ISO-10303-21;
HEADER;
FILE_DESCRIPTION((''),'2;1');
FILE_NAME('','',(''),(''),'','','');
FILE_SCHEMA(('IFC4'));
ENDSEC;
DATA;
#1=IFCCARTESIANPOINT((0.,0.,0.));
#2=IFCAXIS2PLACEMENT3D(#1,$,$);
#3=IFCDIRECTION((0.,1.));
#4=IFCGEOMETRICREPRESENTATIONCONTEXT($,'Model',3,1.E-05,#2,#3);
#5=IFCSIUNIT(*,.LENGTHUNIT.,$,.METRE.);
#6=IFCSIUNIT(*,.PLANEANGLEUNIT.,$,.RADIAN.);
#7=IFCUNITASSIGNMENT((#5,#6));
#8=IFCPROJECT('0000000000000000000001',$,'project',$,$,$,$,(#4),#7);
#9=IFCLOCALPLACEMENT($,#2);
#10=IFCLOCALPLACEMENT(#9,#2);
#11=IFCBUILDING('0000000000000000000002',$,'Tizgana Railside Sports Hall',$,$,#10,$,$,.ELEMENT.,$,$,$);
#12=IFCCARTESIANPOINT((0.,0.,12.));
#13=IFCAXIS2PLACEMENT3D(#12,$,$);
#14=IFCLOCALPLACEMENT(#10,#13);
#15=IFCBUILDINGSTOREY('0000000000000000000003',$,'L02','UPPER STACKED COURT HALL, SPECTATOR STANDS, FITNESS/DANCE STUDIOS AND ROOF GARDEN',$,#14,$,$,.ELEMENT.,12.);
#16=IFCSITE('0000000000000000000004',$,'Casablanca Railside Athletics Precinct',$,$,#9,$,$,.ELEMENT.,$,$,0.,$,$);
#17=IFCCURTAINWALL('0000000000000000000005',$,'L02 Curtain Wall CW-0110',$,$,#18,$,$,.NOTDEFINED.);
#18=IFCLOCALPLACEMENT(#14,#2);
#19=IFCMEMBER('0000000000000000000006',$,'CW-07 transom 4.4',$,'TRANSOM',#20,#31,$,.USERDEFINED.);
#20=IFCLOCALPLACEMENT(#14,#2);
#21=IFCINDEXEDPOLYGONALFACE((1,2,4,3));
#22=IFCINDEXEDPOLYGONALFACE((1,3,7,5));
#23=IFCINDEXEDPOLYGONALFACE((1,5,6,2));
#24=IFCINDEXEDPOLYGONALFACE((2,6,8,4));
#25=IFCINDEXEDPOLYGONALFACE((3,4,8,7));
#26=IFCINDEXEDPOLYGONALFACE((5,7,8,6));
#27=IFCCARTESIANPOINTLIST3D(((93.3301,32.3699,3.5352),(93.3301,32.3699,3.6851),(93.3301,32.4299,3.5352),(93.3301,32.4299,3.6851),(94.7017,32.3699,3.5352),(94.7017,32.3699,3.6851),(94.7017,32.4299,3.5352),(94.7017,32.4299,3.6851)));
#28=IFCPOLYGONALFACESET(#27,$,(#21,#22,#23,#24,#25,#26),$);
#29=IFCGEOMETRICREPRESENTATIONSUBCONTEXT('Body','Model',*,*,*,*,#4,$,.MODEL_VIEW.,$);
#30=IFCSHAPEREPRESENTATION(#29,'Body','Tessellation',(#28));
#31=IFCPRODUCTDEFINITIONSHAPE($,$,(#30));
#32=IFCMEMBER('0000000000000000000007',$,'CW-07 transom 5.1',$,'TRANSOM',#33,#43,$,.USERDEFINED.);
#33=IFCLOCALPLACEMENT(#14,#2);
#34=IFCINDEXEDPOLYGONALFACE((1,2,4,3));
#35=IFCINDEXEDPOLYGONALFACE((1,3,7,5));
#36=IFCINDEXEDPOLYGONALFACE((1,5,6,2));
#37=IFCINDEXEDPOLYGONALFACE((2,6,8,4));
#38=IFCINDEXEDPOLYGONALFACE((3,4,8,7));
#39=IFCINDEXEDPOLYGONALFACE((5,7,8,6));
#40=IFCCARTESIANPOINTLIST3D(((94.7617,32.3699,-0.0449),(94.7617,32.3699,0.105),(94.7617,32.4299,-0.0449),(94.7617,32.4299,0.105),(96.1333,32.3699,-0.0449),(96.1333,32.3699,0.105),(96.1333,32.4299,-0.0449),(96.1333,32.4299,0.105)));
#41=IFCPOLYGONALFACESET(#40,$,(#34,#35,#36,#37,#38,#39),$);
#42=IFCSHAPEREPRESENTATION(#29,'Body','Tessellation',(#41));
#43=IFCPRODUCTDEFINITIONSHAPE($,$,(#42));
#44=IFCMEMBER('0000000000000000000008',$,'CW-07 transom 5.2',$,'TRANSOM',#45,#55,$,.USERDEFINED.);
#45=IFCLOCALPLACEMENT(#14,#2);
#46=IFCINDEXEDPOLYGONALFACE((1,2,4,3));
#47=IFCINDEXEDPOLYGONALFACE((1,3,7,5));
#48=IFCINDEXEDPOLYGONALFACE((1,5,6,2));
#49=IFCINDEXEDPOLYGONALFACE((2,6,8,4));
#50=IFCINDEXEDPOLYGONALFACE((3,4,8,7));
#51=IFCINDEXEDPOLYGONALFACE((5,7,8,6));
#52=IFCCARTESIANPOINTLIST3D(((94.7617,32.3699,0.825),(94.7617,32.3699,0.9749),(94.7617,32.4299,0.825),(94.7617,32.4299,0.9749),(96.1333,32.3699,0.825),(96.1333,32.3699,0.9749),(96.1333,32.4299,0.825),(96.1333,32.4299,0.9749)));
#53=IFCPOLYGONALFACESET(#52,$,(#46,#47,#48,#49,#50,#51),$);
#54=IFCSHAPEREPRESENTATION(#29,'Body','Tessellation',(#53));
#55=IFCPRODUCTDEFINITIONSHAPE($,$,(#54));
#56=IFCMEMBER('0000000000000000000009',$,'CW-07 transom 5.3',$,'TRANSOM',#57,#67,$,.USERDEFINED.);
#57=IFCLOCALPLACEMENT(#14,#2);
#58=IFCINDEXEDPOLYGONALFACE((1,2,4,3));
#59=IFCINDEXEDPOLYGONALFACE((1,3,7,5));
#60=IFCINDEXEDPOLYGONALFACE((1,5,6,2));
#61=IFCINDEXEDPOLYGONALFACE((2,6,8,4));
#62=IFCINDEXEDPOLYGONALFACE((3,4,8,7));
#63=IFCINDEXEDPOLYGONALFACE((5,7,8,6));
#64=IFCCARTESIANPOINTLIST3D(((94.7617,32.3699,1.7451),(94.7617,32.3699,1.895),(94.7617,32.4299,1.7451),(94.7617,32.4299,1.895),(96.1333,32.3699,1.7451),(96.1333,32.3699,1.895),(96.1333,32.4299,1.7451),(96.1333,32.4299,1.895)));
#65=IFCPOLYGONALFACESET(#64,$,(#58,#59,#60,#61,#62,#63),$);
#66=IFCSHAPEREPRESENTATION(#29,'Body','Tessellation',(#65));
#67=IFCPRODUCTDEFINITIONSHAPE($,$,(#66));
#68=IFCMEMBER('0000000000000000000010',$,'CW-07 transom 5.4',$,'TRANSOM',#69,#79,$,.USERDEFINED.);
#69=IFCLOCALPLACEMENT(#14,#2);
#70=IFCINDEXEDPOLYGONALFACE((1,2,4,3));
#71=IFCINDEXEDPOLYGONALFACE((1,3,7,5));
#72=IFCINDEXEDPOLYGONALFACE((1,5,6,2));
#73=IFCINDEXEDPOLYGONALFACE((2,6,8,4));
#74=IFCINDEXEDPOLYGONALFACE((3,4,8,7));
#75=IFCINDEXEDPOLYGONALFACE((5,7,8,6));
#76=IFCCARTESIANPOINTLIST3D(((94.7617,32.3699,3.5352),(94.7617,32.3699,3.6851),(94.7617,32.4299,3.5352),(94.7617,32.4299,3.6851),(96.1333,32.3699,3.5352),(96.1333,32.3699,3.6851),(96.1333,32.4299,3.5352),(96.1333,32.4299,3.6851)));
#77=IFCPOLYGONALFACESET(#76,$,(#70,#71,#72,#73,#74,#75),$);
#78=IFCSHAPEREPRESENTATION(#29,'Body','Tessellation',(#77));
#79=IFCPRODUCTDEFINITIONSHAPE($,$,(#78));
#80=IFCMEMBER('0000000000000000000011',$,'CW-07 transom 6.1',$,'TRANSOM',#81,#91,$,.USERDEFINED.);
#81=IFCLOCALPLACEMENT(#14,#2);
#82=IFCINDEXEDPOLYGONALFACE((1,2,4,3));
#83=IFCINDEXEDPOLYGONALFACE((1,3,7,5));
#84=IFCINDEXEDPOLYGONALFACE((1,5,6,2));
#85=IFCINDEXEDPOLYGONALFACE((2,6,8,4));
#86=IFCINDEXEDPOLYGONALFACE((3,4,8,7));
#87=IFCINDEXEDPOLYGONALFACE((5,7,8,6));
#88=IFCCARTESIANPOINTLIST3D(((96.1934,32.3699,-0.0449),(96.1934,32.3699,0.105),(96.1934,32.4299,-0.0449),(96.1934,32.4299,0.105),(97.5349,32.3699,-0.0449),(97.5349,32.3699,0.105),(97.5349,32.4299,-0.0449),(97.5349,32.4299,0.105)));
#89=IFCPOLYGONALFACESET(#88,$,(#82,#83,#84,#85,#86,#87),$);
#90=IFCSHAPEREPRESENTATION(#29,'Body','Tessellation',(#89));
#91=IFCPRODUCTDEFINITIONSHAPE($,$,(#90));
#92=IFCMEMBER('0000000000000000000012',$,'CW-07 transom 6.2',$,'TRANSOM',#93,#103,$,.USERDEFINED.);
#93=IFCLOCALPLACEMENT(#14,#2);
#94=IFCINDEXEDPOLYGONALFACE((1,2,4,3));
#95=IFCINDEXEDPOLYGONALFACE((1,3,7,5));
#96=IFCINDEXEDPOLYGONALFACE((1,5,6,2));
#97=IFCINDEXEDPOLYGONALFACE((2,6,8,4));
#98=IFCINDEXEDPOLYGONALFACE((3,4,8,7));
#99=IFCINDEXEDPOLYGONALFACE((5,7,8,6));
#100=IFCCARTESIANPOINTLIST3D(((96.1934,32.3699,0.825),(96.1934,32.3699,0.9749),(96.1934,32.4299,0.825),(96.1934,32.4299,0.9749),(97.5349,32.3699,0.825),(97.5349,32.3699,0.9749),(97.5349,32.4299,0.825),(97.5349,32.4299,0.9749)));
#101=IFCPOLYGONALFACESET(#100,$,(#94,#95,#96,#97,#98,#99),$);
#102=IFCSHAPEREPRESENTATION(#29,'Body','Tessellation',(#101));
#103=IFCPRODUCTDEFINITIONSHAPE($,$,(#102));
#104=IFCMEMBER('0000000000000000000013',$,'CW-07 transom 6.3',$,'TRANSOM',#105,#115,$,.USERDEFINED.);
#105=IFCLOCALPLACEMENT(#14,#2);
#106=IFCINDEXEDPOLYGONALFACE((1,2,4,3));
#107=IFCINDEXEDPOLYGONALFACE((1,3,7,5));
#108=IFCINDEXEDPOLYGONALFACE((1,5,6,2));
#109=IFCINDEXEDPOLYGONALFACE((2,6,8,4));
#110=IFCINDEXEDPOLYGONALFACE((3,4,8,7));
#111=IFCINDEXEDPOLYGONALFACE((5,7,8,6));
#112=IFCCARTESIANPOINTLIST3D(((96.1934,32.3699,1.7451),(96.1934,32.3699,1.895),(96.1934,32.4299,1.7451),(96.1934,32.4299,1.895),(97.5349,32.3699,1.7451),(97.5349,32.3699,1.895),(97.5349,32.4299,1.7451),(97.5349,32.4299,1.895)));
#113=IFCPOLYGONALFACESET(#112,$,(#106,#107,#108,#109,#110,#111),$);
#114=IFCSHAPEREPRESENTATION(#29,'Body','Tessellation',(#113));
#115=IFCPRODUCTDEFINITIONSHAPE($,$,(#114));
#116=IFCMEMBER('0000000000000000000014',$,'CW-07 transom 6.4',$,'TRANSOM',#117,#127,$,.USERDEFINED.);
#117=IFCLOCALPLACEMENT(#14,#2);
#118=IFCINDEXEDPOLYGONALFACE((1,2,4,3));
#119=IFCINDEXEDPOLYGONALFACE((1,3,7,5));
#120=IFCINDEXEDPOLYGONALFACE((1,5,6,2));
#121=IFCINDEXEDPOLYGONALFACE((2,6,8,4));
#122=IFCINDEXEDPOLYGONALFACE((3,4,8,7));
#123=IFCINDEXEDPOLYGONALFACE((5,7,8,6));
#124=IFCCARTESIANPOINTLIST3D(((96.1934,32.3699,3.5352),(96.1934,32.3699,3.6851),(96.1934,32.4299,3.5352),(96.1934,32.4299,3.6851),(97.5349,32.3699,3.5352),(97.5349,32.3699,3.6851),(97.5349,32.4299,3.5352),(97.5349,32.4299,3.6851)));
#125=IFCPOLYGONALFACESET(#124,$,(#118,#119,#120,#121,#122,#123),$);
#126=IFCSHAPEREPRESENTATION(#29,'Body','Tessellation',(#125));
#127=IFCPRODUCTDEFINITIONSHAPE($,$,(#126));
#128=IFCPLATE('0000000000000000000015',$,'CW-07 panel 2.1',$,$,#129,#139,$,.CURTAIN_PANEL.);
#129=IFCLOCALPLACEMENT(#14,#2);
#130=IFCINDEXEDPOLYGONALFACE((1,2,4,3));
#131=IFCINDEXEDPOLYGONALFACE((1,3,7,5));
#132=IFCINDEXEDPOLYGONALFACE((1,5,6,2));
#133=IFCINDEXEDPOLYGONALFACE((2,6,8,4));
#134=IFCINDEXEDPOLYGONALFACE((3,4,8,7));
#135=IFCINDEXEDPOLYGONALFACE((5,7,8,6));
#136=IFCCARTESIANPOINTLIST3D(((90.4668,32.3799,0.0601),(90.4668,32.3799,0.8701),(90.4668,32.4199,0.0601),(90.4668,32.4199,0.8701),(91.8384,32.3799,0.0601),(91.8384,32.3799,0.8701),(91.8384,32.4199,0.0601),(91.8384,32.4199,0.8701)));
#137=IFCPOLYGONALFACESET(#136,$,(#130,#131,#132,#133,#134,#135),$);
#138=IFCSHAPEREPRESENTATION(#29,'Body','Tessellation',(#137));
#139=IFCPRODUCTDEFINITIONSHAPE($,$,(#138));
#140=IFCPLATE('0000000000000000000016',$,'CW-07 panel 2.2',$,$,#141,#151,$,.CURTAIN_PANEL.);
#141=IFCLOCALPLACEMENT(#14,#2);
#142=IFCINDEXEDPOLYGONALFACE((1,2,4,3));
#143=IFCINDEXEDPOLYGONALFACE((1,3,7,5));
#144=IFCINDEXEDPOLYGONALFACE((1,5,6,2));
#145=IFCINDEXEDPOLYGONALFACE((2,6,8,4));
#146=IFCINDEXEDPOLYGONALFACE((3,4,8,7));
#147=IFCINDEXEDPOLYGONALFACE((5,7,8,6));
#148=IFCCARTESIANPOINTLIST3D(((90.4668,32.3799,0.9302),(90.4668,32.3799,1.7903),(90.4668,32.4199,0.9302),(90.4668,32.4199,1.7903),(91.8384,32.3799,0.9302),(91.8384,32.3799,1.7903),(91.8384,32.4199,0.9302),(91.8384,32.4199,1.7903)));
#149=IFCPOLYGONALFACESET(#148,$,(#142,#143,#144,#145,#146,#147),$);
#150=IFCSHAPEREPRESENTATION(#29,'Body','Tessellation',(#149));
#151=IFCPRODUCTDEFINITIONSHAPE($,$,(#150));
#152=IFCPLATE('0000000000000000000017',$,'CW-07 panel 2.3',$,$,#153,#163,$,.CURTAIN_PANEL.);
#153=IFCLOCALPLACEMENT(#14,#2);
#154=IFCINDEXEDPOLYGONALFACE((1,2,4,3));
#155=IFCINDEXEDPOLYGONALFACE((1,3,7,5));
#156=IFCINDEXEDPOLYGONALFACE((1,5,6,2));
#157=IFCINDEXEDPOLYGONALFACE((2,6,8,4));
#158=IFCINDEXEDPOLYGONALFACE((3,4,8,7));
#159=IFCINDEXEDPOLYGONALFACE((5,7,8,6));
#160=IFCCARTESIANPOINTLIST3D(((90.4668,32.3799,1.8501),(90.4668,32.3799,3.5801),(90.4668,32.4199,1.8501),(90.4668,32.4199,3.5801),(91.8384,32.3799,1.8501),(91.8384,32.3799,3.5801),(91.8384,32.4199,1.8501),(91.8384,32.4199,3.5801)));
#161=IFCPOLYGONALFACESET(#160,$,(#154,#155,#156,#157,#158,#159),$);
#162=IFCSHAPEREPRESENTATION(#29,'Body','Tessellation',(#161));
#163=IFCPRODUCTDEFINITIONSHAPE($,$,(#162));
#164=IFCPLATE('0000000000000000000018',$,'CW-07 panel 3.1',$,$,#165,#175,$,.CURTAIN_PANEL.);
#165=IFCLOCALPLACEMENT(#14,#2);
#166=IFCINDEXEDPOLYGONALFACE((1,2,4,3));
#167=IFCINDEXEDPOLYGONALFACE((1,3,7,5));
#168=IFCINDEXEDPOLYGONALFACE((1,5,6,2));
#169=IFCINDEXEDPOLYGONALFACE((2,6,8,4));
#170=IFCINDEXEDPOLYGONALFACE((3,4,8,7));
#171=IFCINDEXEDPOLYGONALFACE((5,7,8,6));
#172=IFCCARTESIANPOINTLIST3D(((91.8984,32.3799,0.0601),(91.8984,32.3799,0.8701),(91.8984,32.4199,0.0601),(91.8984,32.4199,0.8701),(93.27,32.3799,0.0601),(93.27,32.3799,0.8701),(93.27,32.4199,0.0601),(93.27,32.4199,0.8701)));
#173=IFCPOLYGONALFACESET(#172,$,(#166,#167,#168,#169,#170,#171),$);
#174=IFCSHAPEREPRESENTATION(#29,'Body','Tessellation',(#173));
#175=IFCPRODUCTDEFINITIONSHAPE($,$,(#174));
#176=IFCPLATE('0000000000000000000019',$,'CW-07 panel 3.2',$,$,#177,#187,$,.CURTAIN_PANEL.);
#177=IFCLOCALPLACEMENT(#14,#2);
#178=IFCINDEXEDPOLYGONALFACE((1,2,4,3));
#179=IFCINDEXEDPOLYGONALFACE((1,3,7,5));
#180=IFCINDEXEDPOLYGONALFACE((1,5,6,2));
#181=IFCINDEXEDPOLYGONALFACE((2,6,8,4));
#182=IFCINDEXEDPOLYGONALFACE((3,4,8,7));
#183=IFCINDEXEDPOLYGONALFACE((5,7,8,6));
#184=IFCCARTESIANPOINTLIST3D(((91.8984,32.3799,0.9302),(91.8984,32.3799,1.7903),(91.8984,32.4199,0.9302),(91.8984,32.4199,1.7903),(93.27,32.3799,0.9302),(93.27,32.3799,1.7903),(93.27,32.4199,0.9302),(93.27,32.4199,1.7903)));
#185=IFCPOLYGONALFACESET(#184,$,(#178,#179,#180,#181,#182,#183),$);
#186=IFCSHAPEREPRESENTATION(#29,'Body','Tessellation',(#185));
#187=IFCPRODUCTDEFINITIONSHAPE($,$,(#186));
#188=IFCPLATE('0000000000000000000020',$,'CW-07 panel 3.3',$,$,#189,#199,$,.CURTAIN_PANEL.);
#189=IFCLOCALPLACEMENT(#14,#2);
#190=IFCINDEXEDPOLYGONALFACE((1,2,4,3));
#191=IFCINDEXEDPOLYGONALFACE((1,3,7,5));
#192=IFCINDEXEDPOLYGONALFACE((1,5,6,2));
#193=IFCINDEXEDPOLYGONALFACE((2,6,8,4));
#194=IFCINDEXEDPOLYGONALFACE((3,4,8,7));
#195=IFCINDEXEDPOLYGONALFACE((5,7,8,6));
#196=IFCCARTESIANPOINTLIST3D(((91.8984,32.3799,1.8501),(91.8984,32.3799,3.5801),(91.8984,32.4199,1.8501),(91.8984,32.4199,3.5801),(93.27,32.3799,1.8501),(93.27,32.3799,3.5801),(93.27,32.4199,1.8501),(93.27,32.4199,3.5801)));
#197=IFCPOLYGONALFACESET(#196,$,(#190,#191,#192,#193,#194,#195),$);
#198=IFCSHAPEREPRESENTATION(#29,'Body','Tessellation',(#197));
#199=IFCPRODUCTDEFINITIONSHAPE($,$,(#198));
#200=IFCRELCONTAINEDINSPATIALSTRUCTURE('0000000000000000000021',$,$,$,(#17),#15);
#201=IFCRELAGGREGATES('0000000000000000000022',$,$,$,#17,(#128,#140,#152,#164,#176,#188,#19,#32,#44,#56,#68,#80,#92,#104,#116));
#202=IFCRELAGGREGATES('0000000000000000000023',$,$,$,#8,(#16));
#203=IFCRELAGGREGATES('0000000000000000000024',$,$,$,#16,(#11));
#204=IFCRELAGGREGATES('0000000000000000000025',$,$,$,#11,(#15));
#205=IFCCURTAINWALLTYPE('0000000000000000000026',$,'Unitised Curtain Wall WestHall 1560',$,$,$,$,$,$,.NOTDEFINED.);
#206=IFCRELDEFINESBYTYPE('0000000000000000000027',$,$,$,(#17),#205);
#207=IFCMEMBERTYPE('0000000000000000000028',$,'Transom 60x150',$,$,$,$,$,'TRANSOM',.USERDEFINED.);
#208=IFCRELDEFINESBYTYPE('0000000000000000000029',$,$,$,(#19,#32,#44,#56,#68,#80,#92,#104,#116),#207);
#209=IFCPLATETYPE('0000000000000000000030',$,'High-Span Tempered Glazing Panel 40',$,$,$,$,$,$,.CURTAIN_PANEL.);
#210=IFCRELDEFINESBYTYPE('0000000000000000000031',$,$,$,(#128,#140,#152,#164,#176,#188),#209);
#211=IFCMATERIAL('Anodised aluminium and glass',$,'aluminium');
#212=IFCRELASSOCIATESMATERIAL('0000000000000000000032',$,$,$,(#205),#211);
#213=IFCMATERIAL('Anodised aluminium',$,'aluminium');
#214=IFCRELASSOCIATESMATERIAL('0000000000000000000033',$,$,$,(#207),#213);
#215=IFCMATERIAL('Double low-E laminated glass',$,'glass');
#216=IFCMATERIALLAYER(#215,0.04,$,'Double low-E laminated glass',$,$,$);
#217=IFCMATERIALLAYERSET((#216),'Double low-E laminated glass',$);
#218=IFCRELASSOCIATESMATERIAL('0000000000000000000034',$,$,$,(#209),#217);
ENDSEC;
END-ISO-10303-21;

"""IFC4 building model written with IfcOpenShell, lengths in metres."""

from ifc_helpers import new_model, si_unit, direction, frame, origin, origin_2d, place, context, subcontext, project, spatial, rectangle, extrude, material, layer, layer_set, material_profile, profile_set, type_object, element, aggregate, save


model = new_model("IFC4")

# Units and contexts
model_context = context("Model", 3, precision=1e-05, world=origin(), true_north=direction((0.0, 1.0)))
body_context = subcontext(model_context, "Body", "Model", "MODEL_VIEW")
ifc_project = project(units=[si_unit("LENGTHUNIT", "METRE"), si_unit("PLANEANGLEUNIT", "RADIAN")], contexts=[model_context])

# Site, building, storey
site_placement = place(None, origin())
site = spatial("IfcSite", under=ifc_project, at=site_placement, Name="Casablanca Railside Athletics Precinct", CompositionType="ELEMENT", RefElevation=0.0)
building_placement = place(site_placement, origin())
building = spatial("IfcBuilding", under=site, at=building_placement, Name="Tizgana Railside Sports Hall", CompositionType="ELEMENT")
storey_placement = place(building_placement, frame((0.0, 0.0, 12.0)))
storey = spatial("IfcBuildingStorey", under=building, at=storey_placement, Name="L02", Description="UPPER STACKED COURT HALL, SPECTATOR STANDS, FITNESS/DANCE STUDIOS AND ROOF GARDEN", CompositionType="ELEMENT", Elevation=12.0)

# Curtain wall, members, plates
ifc_material_1 = material(Name="Anodised aluminium and glass", Category="aluminium")
curtain_wall_type = type_object("IfcCurtainWallType", Name="Unitised Curtain Wall WestHall 1560", PredefinedType="NOTDEFINED", material=ifc_material_1)
curtain_wall_placement = place(storey_placement, origin())
curtain_wall = element("IfcCurtainWall", 1, at=curtain_wall_placement, inside=storey, type_object=curtain_wall_type, Name="L02 Curtain Wall CW-0110", PredefinedType="NOTDEFINED")
ifc_material_2 = material(Name="Anodised aluminium", Category="aluminium")
ifc_material_profile_1 = material_profile(ifc_material_2, rectangle(XDim=0.0601, YDim=0.1499, at=origin_2d()), Name="Transom 60x150")
ifc_profile_set_1 = profile_set([ifc_material_profile_1], Name="Anodised aluminium")
member_type_1 = type_object("IfcMemberType", Name="Transom 60x150", ElementType="TRANSOM", PredefinedType="USERDEFINED", material=ifc_profile_set_1)
member_1_placement = place(storey_placement, frame((93.3301, 32.3999, 3.6101), z_axis=(1.0, 0.0, 0.0), x_axis=(0.0, 1.0, 0.0)))
member_1 = element("IfcMember", 2, at=member_1_placement, type_object=member_type_1, Name="CW-07 transom 4.4", ObjectType="TRANSOM", PredefinedType="USERDEFINED", context=body_context, shape_type="SweptSolid", body=[
    extrude(rectangle(XDim=0.0601, YDim=0.1499, at=origin_2d()), origin(), (0.0, 0.0, 1.0), 1.3716),
])
member_2_placement = place(storey_placement, frame((94.7617, 32.3999, 0.03), z_axis=(1.0, 0.0, 0.0), x_axis=(0.0, 1.0, 0.0)))
member_2 = element("IfcMember", 3, at=member_2_placement, type_object=member_type_1, Name="CW-07 transom 5.1", ObjectType="TRANSOM", PredefinedType="USERDEFINED", context=body_context, shape_type="SweptSolid", body=[
    extrude(rectangle(XDim=0.0601, YDim=0.1499, at=origin_2d()), origin(), (0.0, 0.0, 1.0), 1.3716),
])
member_3_placement = place(storey_placement, frame((94.7617, 32.3999, 0.8999), z_axis=(1.0, 0.0, 0.0), x_axis=(0.0, 1.0, 0.0)))
member_3 = element("IfcMember", 4, at=member_3_placement, type_object=member_type_1, Name="CW-07 transom 5.2", ObjectType="TRANSOM", PredefinedType="USERDEFINED", context=body_context, shape_type="SweptSolid", body=[
    extrude(rectangle(XDim=0.0601, YDim=0.1499, at=origin_2d()), origin(), (0.0, 0.0, 1.0), 1.3716),
])
member_4_placement = place(storey_placement, frame((94.7617, 32.3999, 1.8201), z_axis=(1.0, 0.0, 0.0), x_axis=(0.0, 1.0, 0.0)))
member_4 = element("IfcMember", 5, at=member_4_placement, type_object=member_type_1, Name="CW-07 transom 5.3", ObjectType="TRANSOM", PredefinedType="USERDEFINED", context=body_context, shape_type="SweptSolid", body=[
    extrude(rectangle(XDim=0.0601, YDim=0.1499, at=origin_2d()), origin(), (0.0, 0.0, 1.0), 1.3716),
])
member_5_placement = place(storey_placement, frame((94.7617, 32.3999, 3.6101), z_axis=(1.0, 0.0, 0.0), x_axis=(0.0, 1.0, 0.0)))
member_5 = element("IfcMember", 6, at=member_5_placement, type_object=member_type_1, Name="CW-07 transom 5.4", ObjectType="TRANSOM", PredefinedType="USERDEFINED", context=body_context, shape_type="SweptSolid", body=[
    extrude(rectangle(XDim=0.0601, YDim=0.1499, at=origin_2d()), origin(), (0.0, 0.0, 1.0), 1.3716),
])
member_6_placement = place(storey_placement, frame((96.1934, 32.3999, 0.03), z_axis=(1.0, 0.0, 0.0), x_axis=(0.0, 1.0, 0.0)))
member_6 = element("IfcMember", 7, at=member_6_placement, type_object=member_type_1, Name="CW-07 transom 6.1", ObjectType="TRANSOM", PredefinedType="USERDEFINED", context=body_context, shape_type="SweptSolid", body=[
    extrude(rectangle(XDim=0.0601, YDim=0.1499, at=origin_2d()), origin(), (0.0, 0.0, 1.0), 1.3416),
])
member_7_placement = place(storey_placement, frame((96.1934, 32.3999, 0.8999), z_axis=(1.0, 0.0, 0.0), x_axis=(0.0, 1.0, 0.0)))
member_7 = element("IfcMember", 8, at=member_7_placement, type_object=member_type_1, Name="CW-07 transom 6.2", ObjectType="TRANSOM", PredefinedType="USERDEFINED", context=body_context, shape_type="SweptSolid", body=[
    extrude(rectangle(XDim=0.0601, YDim=0.1499, at=origin_2d()), origin(), (0.0, 0.0, 1.0), 1.3416),
])
member_8_placement = place(storey_placement, frame((96.1934, 32.3999, 1.8201), z_axis=(1.0, 0.0, 0.0), x_axis=(0.0, 1.0, 0.0)))
member_8 = element("IfcMember", 9, at=member_8_placement, type_object=member_type_1, Name="CW-07 transom 6.3", ObjectType="TRANSOM", PredefinedType="USERDEFINED", context=body_context, shape_type="SweptSolid", body=[
    extrude(rectangle(XDim=0.0601, YDim=0.1499, at=origin_2d()), origin(), (0.0, 0.0, 1.0), 1.3416),
])
member_9_placement = place(storey_placement, frame((96.1934, 32.3999, 3.6101), z_axis=(1.0, 0.0, 0.0), x_axis=(0.0, 1.0, 0.0)))
member_9 = element("IfcMember", 10, at=member_9_placement, type_object=member_type_1, Name="CW-07 transom 6.4", ObjectType="TRANSOM", PredefinedType="USERDEFINED", context=body_context, shape_type="SweptSolid", body=[
    extrude(rectangle(XDim=0.0601, YDim=0.1499, at=origin_2d()), origin(), (0.0, 0.0, 1.0), 1.3416),
])
ifc_material_3 = material(Name="Double low-E laminated glass", Category="glass")
ifc_layer = layer(ifc_material_3, 0.04, Name="Double low-E laminated glass")
ifc_layer_set = layer_set([ifc_layer], Name="Double low-E laminated glass")
plate_type = type_object("IfcPlateType", Name="High-Span Tempered Glazing Panel 40", PredefinedType="CURTAIN_PANEL", material=ifc_layer_set)
plate_1_placement = place(storey_placement, frame((91.1526, 32.3999, 0.0601), z_axis=(0.0, 0.0, 1.0), x_axis=(1.0, 0.0, 0.0)))
plate_1 = element("IfcPlate", 11, at=plate_1_placement, type_object=plate_type, Name="CW-07 panel 2.1", PredefinedType="CURTAIN_PANEL", context=body_context, shape_type="SweptSolid", body=[
    extrude(rectangle(XDim=1.3716, YDim=0.04, at=origin_2d()), origin(), (0.0, 0.0, 1.0), 0.8101),
])
plate_2_placement = place(storey_placement, frame((91.1526, 32.3999, 0.9302), z_axis=(0.0, 0.0, 1.0), x_axis=(1.0, 0.0, 0.0)))
plate_2 = element("IfcPlate", 12, at=plate_2_placement, type_object=plate_type, Name="CW-07 panel 2.2", PredefinedType="CURTAIN_PANEL", context=body_context, shape_type="SweptSolid", body=[
    extrude(rectangle(XDim=1.3716, YDim=0.04, at=origin_2d()), origin(), (0.0, 0.0, 1.0), 0.8601),
])
plate_3_placement = place(storey_placement, frame((91.1526, 32.3999, 1.8501), z_axis=(0.0, 0.0, 1.0), x_axis=(1.0, 0.0, 0.0)))
plate_3 = element("IfcPlate", 13, at=plate_3_placement, type_object=plate_type, Name="CW-07 panel 2.3", PredefinedType="CURTAIN_PANEL", context=body_context, shape_type="SweptSolid", body=[
    extrude(rectangle(XDim=1.3716, YDim=0.04, at=origin_2d()), origin(), (0.0, 0.0, 1.0), 1.73),
])
plate_4_placement = place(storey_placement, frame((92.5842, 32.3999, 0.0601), z_axis=(0.0, 0.0, 1.0), x_axis=(1.0, 0.0, 0.0)))
plate_4 = element("IfcPlate", 14, at=plate_4_placement, type_object=plate_type, Name="CW-07 panel 3.1", PredefinedType="CURTAIN_PANEL", context=body_context, shape_type="SweptSolid", body=[
    extrude(rectangle(XDim=1.3716, YDim=0.04, at=origin_2d()), origin(), (0.0, 0.0, 1.0), 0.8101),
])
plate_5_placement = place(storey_placement, frame((92.5842, 32.3999, 0.9302), z_axis=(0.0, 0.0, 1.0), x_axis=(1.0, 0.0, 0.0)))
plate_5 = element("IfcPlate", 15, at=plate_5_placement, type_object=plate_type, Name="CW-07 panel 3.2", PredefinedType="CURTAIN_PANEL", context=body_context, shape_type="SweptSolid", body=[
    extrude(rectangle(XDim=1.3716, YDim=0.04, at=origin_2d()), origin(), (0.0, 0.0, 1.0), 0.8601),
])
plate_6_placement = place(storey_placement, frame((92.5842, 32.3999, 1.8501), z_axis=(0.0, 0.0, 1.0), x_axis=(1.0, 0.0, 0.0)))
plate_6 = element("IfcPlate", 16, at=plate_6_placement, type_object=plate_type, Name="CW-07 panel 3.3", PredefinedType="CURTAIN_PANEL", context=body_context, shape_type="SweptSolid", body=[
    extrude(rectangle(XDim=1.3716, YDim=0.04, at=origin_2d()), origin(), (0.0, 0.0, 1.0), 1.73),
])
aggregate(curtain_wall, [plate_1, plate_2, plate_3, plate_4, plate_5, plate_6, member_1, member_2, member_3, member_4, member_5, member_6, member_7, member_8, member_9])

save(model, "model.ifc")
